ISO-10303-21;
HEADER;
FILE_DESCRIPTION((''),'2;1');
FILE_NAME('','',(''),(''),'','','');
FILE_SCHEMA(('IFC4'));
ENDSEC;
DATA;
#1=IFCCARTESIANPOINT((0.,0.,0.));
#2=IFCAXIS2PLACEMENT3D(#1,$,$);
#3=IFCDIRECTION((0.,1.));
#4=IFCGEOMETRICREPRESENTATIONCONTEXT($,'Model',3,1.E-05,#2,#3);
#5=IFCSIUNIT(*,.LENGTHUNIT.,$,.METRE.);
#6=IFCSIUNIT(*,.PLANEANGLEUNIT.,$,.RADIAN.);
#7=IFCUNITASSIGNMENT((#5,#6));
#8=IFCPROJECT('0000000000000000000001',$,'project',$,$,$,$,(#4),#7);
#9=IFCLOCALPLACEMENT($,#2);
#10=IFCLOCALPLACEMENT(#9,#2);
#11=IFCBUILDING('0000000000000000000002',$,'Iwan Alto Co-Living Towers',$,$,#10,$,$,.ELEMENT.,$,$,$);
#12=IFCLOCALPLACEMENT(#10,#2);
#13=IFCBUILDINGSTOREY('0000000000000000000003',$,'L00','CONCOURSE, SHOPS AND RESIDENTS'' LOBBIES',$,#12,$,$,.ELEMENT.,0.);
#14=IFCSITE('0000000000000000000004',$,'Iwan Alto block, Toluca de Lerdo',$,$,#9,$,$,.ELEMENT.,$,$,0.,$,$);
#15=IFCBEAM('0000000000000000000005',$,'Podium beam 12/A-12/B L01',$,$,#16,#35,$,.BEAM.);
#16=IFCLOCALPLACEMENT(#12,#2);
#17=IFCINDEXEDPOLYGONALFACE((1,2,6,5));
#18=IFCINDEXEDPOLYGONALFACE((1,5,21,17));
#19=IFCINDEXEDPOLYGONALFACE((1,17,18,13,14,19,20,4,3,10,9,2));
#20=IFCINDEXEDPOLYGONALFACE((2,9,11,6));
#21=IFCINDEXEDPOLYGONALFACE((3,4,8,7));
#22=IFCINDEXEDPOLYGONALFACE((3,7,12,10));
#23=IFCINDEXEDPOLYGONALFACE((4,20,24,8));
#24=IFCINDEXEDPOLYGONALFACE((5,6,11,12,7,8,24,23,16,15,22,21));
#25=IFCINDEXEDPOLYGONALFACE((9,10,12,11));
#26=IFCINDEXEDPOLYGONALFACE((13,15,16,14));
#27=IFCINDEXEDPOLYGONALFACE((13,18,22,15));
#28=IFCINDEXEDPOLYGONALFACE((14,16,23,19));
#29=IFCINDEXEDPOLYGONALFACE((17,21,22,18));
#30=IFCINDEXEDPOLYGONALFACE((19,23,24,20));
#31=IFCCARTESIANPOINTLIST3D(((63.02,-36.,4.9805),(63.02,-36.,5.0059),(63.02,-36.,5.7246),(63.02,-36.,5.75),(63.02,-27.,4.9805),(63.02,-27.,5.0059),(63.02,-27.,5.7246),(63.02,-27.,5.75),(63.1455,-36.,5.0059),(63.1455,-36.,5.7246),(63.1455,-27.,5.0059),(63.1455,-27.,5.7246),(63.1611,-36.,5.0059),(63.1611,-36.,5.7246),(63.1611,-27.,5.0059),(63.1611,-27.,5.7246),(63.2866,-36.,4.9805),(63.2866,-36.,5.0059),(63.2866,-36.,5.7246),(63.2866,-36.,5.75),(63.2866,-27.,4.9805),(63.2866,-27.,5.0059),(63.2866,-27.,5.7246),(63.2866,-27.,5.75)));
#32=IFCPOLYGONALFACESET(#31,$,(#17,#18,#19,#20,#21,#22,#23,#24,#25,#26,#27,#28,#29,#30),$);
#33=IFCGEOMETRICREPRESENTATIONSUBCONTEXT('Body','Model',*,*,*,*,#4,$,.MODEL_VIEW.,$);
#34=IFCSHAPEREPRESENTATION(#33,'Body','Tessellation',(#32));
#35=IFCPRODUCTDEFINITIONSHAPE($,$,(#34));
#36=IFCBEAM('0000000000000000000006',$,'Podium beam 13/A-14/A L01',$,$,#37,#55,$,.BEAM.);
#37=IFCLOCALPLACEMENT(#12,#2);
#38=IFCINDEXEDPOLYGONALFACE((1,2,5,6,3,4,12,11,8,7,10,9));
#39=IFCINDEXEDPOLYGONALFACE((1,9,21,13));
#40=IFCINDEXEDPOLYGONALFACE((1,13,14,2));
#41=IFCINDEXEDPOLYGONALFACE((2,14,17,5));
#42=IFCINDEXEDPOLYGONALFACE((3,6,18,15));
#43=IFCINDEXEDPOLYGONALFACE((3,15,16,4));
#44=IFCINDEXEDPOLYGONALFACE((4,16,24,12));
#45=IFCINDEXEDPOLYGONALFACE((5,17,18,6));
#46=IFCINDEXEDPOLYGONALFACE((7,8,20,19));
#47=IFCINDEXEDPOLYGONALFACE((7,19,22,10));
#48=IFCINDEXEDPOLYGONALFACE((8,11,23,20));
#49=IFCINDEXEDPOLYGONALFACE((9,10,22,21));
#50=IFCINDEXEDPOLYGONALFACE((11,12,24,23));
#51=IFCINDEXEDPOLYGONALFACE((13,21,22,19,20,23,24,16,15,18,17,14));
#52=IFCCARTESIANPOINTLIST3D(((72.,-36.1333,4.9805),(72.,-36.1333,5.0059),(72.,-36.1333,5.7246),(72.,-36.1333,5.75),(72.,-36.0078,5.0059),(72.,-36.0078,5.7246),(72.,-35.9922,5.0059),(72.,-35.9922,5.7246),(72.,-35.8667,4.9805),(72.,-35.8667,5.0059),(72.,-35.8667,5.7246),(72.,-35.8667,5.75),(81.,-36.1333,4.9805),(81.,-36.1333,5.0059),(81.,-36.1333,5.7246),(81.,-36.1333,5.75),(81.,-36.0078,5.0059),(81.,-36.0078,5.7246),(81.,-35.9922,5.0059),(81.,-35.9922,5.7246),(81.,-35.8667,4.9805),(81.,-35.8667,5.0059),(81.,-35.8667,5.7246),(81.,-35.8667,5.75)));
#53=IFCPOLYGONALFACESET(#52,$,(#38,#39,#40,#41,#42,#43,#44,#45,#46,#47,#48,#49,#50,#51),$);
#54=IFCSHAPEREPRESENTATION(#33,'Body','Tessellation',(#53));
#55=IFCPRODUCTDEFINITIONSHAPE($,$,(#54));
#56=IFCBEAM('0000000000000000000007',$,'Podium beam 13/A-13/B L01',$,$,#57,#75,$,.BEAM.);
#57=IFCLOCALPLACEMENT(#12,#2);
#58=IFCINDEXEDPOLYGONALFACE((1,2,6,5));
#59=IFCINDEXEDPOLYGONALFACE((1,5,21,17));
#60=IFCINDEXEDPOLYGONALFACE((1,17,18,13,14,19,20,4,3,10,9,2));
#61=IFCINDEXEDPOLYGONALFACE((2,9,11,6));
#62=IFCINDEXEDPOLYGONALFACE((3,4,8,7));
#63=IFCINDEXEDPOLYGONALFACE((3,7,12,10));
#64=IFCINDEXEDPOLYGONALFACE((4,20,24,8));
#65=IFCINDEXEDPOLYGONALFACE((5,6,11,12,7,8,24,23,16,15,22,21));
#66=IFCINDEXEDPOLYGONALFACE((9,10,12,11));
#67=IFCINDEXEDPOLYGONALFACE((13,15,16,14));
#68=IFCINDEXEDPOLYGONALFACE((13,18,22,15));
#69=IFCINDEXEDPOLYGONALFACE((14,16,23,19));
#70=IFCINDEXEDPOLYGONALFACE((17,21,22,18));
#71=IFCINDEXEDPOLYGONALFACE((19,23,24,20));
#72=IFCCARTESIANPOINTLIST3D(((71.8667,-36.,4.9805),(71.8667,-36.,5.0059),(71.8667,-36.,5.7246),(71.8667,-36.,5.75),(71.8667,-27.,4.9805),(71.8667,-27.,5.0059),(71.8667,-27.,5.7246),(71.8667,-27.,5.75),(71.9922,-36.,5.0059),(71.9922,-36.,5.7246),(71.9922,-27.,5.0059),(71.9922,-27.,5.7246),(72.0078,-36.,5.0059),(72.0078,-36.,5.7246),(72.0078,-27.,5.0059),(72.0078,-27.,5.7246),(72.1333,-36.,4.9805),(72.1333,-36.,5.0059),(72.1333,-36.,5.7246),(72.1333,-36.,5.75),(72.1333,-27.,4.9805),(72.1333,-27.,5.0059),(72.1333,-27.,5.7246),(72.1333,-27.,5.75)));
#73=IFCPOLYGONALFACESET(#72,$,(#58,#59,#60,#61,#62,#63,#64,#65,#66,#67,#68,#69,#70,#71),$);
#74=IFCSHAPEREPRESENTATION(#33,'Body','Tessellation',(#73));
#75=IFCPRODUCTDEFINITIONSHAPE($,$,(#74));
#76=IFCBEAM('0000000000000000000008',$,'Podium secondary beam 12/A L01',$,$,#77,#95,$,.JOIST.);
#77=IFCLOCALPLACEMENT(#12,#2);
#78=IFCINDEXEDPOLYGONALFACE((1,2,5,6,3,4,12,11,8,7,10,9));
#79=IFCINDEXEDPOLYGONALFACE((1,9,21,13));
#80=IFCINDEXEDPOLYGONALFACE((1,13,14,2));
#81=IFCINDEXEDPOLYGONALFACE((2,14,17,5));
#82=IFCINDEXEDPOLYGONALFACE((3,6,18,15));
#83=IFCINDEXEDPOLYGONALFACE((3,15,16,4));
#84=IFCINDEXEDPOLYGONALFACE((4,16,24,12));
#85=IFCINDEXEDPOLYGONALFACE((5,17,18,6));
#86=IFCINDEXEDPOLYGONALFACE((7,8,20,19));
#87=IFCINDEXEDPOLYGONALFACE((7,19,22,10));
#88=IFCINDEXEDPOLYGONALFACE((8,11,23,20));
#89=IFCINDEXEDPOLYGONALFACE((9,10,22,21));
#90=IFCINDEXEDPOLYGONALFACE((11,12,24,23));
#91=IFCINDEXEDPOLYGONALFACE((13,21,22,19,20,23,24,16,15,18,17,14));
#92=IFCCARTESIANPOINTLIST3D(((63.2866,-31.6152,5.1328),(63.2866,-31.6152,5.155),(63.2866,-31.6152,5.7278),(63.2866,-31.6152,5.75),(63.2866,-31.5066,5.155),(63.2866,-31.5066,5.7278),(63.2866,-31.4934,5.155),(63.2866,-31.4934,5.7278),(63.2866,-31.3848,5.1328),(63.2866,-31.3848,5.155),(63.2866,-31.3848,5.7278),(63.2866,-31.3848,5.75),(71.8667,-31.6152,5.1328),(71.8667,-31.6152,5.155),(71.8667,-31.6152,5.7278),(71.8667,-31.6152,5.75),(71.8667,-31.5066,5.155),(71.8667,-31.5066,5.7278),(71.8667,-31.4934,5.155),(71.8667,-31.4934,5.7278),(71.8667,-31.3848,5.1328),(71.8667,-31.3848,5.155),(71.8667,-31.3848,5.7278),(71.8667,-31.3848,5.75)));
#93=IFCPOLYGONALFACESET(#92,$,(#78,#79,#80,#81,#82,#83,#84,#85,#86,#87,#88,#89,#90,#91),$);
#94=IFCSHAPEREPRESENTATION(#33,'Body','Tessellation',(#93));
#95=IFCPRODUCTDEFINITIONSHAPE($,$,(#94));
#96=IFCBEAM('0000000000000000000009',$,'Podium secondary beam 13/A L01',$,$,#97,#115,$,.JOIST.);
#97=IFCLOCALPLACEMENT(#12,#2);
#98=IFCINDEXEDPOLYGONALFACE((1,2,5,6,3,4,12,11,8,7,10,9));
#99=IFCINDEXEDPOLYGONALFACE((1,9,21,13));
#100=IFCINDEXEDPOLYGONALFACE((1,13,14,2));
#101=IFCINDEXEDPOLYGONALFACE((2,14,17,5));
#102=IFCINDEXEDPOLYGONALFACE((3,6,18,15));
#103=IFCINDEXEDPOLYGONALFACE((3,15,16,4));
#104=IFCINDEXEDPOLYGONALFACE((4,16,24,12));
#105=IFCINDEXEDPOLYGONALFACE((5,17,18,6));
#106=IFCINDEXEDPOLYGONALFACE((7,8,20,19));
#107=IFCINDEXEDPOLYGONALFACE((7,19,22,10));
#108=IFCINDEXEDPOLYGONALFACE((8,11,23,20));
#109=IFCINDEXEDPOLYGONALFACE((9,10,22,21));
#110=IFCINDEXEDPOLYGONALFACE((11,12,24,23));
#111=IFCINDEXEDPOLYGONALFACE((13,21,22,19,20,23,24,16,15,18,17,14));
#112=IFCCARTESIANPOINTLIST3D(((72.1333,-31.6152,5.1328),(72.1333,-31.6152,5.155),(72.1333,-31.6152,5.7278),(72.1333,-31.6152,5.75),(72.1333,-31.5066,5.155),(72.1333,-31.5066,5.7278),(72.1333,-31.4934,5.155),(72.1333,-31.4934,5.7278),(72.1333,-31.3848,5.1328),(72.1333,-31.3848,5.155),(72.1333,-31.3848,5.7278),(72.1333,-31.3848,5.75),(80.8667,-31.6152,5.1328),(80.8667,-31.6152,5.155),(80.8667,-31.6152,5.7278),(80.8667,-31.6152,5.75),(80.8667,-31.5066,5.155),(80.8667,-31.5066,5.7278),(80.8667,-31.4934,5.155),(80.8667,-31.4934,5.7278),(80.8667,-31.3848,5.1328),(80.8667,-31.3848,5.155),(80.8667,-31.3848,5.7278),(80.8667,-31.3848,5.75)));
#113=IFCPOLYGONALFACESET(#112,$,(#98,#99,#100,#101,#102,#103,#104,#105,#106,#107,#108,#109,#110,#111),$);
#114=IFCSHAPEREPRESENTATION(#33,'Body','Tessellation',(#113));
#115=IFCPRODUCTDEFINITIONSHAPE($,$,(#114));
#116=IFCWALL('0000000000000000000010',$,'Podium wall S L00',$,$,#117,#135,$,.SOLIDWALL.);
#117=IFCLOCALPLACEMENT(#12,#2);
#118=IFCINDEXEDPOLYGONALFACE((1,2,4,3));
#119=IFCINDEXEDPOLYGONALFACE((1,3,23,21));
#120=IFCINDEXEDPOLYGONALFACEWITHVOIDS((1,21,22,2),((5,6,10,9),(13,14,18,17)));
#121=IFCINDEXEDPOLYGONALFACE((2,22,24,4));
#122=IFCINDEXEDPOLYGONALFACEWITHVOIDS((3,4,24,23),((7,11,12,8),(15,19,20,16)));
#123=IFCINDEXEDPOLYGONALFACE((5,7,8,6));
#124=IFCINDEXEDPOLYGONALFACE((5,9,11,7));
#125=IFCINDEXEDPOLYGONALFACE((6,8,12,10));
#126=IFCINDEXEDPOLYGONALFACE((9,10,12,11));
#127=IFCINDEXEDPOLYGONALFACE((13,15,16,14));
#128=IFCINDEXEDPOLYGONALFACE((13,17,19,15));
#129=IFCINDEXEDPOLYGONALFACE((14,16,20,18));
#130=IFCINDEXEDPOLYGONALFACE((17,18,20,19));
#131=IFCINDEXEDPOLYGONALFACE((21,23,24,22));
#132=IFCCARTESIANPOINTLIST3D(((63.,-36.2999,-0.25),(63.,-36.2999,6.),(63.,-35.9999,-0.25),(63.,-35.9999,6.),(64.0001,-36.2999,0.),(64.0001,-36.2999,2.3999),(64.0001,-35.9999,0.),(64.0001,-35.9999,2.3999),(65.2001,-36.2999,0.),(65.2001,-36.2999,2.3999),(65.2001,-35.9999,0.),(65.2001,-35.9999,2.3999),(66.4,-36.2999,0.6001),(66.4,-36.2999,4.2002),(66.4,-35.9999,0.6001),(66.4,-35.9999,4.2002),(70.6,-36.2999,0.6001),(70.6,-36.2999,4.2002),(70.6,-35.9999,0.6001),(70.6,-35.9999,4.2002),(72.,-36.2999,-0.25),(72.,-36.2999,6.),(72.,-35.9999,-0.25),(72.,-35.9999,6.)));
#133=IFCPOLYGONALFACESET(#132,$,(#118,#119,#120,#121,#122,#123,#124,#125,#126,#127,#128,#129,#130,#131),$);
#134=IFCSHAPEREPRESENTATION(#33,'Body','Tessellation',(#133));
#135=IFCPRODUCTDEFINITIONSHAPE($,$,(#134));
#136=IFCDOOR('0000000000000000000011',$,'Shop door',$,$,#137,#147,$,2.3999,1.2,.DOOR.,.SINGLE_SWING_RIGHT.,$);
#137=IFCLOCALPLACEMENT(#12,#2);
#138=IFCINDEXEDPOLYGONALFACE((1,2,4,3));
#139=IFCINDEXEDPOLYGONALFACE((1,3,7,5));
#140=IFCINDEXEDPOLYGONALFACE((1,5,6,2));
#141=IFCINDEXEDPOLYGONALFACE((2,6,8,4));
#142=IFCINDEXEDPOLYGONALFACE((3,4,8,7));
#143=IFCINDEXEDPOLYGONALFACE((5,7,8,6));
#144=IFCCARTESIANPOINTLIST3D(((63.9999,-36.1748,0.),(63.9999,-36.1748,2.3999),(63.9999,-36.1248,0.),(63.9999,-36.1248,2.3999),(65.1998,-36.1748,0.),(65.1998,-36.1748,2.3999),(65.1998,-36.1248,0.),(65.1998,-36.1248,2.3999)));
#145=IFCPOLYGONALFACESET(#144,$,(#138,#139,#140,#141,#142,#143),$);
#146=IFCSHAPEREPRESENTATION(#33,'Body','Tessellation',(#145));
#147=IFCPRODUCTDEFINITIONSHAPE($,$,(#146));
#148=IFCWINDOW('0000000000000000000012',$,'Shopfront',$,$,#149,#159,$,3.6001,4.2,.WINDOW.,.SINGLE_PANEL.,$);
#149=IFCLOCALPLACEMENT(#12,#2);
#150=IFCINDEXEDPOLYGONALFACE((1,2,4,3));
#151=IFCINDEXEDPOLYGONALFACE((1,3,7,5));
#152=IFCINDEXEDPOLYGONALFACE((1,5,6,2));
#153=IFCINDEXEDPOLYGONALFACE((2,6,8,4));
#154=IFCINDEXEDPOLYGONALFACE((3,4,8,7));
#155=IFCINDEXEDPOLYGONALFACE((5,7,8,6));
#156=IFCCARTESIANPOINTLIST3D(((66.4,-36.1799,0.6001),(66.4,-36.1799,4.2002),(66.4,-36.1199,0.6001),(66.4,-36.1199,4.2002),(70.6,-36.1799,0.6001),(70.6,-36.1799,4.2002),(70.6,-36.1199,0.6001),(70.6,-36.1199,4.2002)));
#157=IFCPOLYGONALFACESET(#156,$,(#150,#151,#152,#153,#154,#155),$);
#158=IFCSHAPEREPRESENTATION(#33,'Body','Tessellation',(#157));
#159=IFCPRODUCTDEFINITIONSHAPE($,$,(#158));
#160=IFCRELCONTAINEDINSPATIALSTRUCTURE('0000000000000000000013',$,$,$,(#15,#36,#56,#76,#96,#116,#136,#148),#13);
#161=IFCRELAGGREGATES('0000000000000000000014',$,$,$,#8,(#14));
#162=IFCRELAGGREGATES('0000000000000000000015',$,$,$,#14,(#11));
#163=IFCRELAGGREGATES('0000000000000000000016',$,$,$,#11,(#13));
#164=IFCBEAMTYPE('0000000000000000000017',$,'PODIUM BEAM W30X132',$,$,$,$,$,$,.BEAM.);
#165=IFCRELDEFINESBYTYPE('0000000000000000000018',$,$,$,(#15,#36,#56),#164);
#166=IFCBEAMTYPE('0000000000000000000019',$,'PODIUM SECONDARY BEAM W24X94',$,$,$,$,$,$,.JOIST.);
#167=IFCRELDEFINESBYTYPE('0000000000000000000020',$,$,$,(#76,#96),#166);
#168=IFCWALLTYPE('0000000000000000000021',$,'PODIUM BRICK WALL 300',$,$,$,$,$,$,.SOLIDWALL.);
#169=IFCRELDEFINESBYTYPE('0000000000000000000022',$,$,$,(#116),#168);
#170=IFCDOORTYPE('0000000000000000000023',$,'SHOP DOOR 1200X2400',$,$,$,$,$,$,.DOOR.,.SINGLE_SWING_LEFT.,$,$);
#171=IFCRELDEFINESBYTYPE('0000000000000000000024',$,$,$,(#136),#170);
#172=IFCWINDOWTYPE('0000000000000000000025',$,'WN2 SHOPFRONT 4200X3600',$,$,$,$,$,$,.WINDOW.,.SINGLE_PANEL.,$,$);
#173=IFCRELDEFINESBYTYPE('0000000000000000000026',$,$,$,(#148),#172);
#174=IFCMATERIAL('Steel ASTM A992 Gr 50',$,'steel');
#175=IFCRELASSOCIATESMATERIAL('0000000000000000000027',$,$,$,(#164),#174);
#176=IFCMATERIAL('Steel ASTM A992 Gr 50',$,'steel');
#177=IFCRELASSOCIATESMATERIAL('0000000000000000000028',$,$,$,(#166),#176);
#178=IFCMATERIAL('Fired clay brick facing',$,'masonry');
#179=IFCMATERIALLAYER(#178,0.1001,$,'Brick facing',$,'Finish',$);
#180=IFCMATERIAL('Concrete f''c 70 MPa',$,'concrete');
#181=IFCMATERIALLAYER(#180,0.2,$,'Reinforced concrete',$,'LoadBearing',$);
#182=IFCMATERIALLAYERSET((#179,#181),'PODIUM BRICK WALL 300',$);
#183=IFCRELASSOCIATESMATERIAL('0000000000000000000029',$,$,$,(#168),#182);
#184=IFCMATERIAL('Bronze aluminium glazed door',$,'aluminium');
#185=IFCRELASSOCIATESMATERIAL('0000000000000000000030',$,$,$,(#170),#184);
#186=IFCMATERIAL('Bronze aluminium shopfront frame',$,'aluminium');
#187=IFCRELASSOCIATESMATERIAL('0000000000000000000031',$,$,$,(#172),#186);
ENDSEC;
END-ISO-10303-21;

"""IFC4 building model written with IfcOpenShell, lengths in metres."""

from ifc_helpers import new_model, si_unit, direction, frame, frame_2d, origin, origin_2d, place, context, subcontext, project, spatial, rectangle, i_section, extrude, material, layer, layer_set, material_profile, profile_set, type_object, element, fill, save


model = new_model("IFC4")

# Units and contexts
model_context = context("Model", 3, precision=1e-05, world=origin(), true_north=direction((0.0, 1.0)))
body_context = subcontext(model_context, "Body", "Model", "MODEL_VIEW")
ifc_project = project(units=[si_unit("LENGTHUNIT", "METRE"), si_unit("PLANEANGLEUNIT", "RADIAN")], contexts=[model_context])

# Site, building, storey
site_placement = place(None, origin())
site = spatial("IfcSite", under=ifc_project, at=site_placement, Name="Iwan Alto block, Toluca de Lerdo", CompositionType="ELEMENT", RefElevation=0.0)
building_placement = place(site_placement, origin())
building = spatial("IfcBuilding", under=site, at=building_placement, Name="Iwan Alto Co-Living Towers", CompositionType="ELEMENT")
storey_placement = place(building_placement, origin())
storey = spatial("IfcBuildingStorey", under=building, at=storey_placement, Name="L00", Description="CONCOURSE, SHOPS AND RESIDENTS' LOBBIES", CompositionType="ELEMENT", Elevation=0.0)

# Beams
ifc_material_1 = material(Name="Steel ASTM A992 Gr 50", Category="steel")
ifc_material_profile_1 = material_profile(ifc_material_1, i_section(OverallWidth=0.2666, OverallDepth=0.7695, WebThickness=0.0156, FlangeThickness=0.0254, at=origin_2d()), Name="W30X132")
ifc_profile_set_1 = profile_set([ifc_material_profile_1], Name="Steel ASTM A992 Gr 50")
beam_type_1 = type_object("IfcBeamType", Name="PODIUM BEAM W30X132", PredefinedType="BEAM", material=ifc_profile_set_1)
for number, where, z_axis, x_axis, name in (
    (1, (63.1533, -36.0, 5.3652), (0.0, 1.0, 0.0), (-1.0, 0.0, 0.0), "Podium beam 12/A-12/B L01"),
    (2, (72.0, -36.0, 5.3652), (1.0, 0.0, 0.0), (0.0, 1.0, 0.0), "Podium beam 13/A-14/A L01"),
    (3, (72.0, -36.0, 5.3652), (0.0, 1.0, 0.0), (-1.0, 0.0, 0.0), "Podium beam 13/A-13/B L01"),
):
    element("IfcBeam", number, at=place(storey_placement, frame(where, z_axis=z_axis, x_axis=x_axis)), inside=storey, type_object=beam_type_1, Name=name, PredefinedType="BEAM", context=body_context, shape_type="SweptSolid", body=[
        extrude(i_section(OverallWidth=0.2666, OverallDepth=0.7695, WebThickness=0.0156, FlangeThickness=0.0254, at=origin_2d()), origin(), (0.0, 0.0, 1.0), 9.0),
    ])
ifc_material_2 = material(Name="Steel ASTM A992 Gr 50", Category="steel")
ifc_material_profile_2 = material_profile(ifc_material_2, i_section(OverallWidth=0.2305, OverallDepth=0.6172, WebThickness=0.0132, FlangeThickness=0.0222, at=origin_2d()), Name="W24X94")
ifc_profile_set_2 = profile_set([ifc_material_profile_2], Name="Steel ASTM A992 Gr 50")
beam_type_2 = type_object("IfcBeamType", Name="PODIUM SECONDARY BEAM W24X94", PredefinedType="JOIST", material=ifc_profile_set_2)
beam_1_placement = place(storey_placement, frame((63.2866, -31.5, 5.4414), z_axis=(1.0, 0.0, 0.0), x_axis=(0.0, 1.0, 0.0)))
element("IfcBeam", 4, at=beam_1_placement, inside=storey, type_object=beam_type_2, Name="Podium secondary beam 12/A L01", PredefinedType="JOIST", context=body_context, shape_type="SweptSolid", body=[
    extrude(i_section(OverallWidth=0.2305, OverallDepth=0.6172, WebThickness=0.0132, FlangeThickness=0.0222, at=origin_2d()), origin(), (0.0, 0.0, 1.0), 8.5801),
])
beam_2_placement = place(storey_placement, frame((72.1333, -31.5, 5.4414), z_axis=(1.0, 0.0, 0.0), x_axis=(0.0, 1.0, 0.0)))
element("IfcBeam", 5, at=beam_2_placement, inside=storey, type_object=beam_type_2, Name="Podium secondary beam 13/A L01", PredefinedType="JOIST", context=body_context, shape_type="SweptSolid", body=[
    extrude(i_section(OverallWidth=0.2305, OverallDepth=0.6172, WebThickness=0.0132, FlangeThickness=0.0222, at=origin_2d()), origin(), (0.0, 0.0, 1.0), 8.7334),
])

# Wall, openings, door, window
ifc_material_3 = material(Name="Fired clay brick facing", Category="masonry")
ifc_layer_1 = layer(ifc_material_3, 0.1001, Name="Brick facing", Category="Finish")
ifc_material_4 = material(Name="Concrete f'c 70 MPa", Category="concrete")
ifc_layer_2 = layer(ifc_material_4, 0.2, Name="Reinforced concrete", Category="LoadBearing")
ifc_layer_set_1 = layer_set([ifc_layer_1, ifc_layer_2], Name="PODIUM BRICK WALL 300")
wall_type_1 = type_object("IfcWallType", Name="PODIUM BRICK WALL 300", PredefinedType="SOLIDWALL", material=ifc_layer_set_1)
wall_1_placement = place(storey_placement, frame((63.0, -36.1499, -0.25), z_axis=(0.0, 0.0, 1.0), x_axis=(1.0, 0.0, 0.0)))
wall_1 = element("IfcWall", 6, at=wall_1_placement, inside=storey, type_object=wall_type_1, Name="Podium wall S L00", PredefinedType="SOLIDWALL", context=body_context, shape_type="SweptSolid", body=[
    extrude(rectangle(XDim=9.0, YDim=0.3, at=frame_2d((4.5, 0.0))), origin(), (0.0, 0.0, 1.0), 6.25),
])
opening_1_placement = place(wall_1_placement, frame((1.0, 0.0, 0.25)))
opening_1 = element("IfcOpeningElement", 7, at=opening_1_placement, cuts=wall_1, PredefinedType="OPENING", context=body_context, shape_type="SweptSolid", body=[
    extrude(rectangle(XDim=1.2, YDim=2.3999, at=frame_2d((0.6001, 1.2))), frame((0.0, 0.1599, 0.0), z_axis=(0.0, -1.0, 0.0), x_axis=(1.0, 0.0, 0.0)), (0.0, 0.0, 1.0), 0.3201),
])
opening_2_placement = place(wall_1_placement, frame((3.3999, 0.0, 0.8501)))
opening_2 = element("IfcOpeningElement", 8, at=opening_2_placement, cuts=wall_1, PredefinedType="OPENING", context=body_context, shape_type="SweptSolid", body=[
    extrude(rectangle(XDim=4.2, YDim=3.6001, at=frame_2d((2.1001, 1.8))), frame((0.0, 0.1599, 0.0), z_axis=(0.0, -1.0, 0.0), x_axis=(1.0, 0.0, 0.0)), (0.0, 0.0, 1.0), 0.3201),
])
ifc_material_5 = material(Name="Bronze aluminium glazed door", Category="aluminium")
door_type = type_object("IfcDoorType", Name="SHOP DOOR 1200X2400", OperationType="SINGLE_SWING_LEFT", PredefinedType="DOOR", material=ifc_material_5)
door_1_placement = place(opening_1_placement, frame((1.2, 0.0, 0.0), z_axis=(0.0, 0.0, 1.0), x_axis=(-1.0, 0.0, 0.0)))
door_1 = element("IfcDoor", 9, at=door_1_placement, inside=storey, type_object=door_type, Name="Shop door", OperationType="SINGLE_SWING_RIGHT", OverallHeight=2.3999, OverallWidth=1.2, PredefinedType="DOOR", context=body_context, shape_type="SweptSolid", body=[
    extrude(rectangle(XDim=1.2, YDim=2.3999, at=frame_2d((0.6001, 1.2))), frame((0.0, 0.0249, 0.0), z_axis=(0.0, -1.0, 0.0), x_axis=(1.0, 0.0, 0.0)), (0.0, 0.0, 1.0), 0.05),
])
fill(opening_1, door_1)
ifc_material_6 = material(Name="Bronze aluminium shopfront frame", Category="aluminium")
window_type = type_object("IfcWindowType", Name="WN2 SHOPFRONT 4200X3600", PartitioningType="SINGLE_PANEL", PredefinedType="WINDOW", material=ifc_material_6)
window_1_placement = place(opening_2_placement, origin())
window_1 = element("IfcWindow", 10, at=window_1_placement, inside=storey, type_object=window_type, Name="Shopfront", OverallHeight=3.6001, OverallWidth=4.2, PartitioningType="SINGLE_PANEL", PredefinedType="WINDOW", context=body_context, shape_type="SweptSolid", body=[
    extrude(rectangle(XDim=4.2, YDim=3.6001, at=frame_2d((2.1001, 1.8))), frame((0.0, 0.03, 0.0), z_axis=(0.0, -1.0, 0.0), x_axis=(1.0, 0.0, 0.0)), (0.0, 0.0, 1.0), 0.0601),
])
fill(opening_2, window_1)

save(model, "model.ifc")
